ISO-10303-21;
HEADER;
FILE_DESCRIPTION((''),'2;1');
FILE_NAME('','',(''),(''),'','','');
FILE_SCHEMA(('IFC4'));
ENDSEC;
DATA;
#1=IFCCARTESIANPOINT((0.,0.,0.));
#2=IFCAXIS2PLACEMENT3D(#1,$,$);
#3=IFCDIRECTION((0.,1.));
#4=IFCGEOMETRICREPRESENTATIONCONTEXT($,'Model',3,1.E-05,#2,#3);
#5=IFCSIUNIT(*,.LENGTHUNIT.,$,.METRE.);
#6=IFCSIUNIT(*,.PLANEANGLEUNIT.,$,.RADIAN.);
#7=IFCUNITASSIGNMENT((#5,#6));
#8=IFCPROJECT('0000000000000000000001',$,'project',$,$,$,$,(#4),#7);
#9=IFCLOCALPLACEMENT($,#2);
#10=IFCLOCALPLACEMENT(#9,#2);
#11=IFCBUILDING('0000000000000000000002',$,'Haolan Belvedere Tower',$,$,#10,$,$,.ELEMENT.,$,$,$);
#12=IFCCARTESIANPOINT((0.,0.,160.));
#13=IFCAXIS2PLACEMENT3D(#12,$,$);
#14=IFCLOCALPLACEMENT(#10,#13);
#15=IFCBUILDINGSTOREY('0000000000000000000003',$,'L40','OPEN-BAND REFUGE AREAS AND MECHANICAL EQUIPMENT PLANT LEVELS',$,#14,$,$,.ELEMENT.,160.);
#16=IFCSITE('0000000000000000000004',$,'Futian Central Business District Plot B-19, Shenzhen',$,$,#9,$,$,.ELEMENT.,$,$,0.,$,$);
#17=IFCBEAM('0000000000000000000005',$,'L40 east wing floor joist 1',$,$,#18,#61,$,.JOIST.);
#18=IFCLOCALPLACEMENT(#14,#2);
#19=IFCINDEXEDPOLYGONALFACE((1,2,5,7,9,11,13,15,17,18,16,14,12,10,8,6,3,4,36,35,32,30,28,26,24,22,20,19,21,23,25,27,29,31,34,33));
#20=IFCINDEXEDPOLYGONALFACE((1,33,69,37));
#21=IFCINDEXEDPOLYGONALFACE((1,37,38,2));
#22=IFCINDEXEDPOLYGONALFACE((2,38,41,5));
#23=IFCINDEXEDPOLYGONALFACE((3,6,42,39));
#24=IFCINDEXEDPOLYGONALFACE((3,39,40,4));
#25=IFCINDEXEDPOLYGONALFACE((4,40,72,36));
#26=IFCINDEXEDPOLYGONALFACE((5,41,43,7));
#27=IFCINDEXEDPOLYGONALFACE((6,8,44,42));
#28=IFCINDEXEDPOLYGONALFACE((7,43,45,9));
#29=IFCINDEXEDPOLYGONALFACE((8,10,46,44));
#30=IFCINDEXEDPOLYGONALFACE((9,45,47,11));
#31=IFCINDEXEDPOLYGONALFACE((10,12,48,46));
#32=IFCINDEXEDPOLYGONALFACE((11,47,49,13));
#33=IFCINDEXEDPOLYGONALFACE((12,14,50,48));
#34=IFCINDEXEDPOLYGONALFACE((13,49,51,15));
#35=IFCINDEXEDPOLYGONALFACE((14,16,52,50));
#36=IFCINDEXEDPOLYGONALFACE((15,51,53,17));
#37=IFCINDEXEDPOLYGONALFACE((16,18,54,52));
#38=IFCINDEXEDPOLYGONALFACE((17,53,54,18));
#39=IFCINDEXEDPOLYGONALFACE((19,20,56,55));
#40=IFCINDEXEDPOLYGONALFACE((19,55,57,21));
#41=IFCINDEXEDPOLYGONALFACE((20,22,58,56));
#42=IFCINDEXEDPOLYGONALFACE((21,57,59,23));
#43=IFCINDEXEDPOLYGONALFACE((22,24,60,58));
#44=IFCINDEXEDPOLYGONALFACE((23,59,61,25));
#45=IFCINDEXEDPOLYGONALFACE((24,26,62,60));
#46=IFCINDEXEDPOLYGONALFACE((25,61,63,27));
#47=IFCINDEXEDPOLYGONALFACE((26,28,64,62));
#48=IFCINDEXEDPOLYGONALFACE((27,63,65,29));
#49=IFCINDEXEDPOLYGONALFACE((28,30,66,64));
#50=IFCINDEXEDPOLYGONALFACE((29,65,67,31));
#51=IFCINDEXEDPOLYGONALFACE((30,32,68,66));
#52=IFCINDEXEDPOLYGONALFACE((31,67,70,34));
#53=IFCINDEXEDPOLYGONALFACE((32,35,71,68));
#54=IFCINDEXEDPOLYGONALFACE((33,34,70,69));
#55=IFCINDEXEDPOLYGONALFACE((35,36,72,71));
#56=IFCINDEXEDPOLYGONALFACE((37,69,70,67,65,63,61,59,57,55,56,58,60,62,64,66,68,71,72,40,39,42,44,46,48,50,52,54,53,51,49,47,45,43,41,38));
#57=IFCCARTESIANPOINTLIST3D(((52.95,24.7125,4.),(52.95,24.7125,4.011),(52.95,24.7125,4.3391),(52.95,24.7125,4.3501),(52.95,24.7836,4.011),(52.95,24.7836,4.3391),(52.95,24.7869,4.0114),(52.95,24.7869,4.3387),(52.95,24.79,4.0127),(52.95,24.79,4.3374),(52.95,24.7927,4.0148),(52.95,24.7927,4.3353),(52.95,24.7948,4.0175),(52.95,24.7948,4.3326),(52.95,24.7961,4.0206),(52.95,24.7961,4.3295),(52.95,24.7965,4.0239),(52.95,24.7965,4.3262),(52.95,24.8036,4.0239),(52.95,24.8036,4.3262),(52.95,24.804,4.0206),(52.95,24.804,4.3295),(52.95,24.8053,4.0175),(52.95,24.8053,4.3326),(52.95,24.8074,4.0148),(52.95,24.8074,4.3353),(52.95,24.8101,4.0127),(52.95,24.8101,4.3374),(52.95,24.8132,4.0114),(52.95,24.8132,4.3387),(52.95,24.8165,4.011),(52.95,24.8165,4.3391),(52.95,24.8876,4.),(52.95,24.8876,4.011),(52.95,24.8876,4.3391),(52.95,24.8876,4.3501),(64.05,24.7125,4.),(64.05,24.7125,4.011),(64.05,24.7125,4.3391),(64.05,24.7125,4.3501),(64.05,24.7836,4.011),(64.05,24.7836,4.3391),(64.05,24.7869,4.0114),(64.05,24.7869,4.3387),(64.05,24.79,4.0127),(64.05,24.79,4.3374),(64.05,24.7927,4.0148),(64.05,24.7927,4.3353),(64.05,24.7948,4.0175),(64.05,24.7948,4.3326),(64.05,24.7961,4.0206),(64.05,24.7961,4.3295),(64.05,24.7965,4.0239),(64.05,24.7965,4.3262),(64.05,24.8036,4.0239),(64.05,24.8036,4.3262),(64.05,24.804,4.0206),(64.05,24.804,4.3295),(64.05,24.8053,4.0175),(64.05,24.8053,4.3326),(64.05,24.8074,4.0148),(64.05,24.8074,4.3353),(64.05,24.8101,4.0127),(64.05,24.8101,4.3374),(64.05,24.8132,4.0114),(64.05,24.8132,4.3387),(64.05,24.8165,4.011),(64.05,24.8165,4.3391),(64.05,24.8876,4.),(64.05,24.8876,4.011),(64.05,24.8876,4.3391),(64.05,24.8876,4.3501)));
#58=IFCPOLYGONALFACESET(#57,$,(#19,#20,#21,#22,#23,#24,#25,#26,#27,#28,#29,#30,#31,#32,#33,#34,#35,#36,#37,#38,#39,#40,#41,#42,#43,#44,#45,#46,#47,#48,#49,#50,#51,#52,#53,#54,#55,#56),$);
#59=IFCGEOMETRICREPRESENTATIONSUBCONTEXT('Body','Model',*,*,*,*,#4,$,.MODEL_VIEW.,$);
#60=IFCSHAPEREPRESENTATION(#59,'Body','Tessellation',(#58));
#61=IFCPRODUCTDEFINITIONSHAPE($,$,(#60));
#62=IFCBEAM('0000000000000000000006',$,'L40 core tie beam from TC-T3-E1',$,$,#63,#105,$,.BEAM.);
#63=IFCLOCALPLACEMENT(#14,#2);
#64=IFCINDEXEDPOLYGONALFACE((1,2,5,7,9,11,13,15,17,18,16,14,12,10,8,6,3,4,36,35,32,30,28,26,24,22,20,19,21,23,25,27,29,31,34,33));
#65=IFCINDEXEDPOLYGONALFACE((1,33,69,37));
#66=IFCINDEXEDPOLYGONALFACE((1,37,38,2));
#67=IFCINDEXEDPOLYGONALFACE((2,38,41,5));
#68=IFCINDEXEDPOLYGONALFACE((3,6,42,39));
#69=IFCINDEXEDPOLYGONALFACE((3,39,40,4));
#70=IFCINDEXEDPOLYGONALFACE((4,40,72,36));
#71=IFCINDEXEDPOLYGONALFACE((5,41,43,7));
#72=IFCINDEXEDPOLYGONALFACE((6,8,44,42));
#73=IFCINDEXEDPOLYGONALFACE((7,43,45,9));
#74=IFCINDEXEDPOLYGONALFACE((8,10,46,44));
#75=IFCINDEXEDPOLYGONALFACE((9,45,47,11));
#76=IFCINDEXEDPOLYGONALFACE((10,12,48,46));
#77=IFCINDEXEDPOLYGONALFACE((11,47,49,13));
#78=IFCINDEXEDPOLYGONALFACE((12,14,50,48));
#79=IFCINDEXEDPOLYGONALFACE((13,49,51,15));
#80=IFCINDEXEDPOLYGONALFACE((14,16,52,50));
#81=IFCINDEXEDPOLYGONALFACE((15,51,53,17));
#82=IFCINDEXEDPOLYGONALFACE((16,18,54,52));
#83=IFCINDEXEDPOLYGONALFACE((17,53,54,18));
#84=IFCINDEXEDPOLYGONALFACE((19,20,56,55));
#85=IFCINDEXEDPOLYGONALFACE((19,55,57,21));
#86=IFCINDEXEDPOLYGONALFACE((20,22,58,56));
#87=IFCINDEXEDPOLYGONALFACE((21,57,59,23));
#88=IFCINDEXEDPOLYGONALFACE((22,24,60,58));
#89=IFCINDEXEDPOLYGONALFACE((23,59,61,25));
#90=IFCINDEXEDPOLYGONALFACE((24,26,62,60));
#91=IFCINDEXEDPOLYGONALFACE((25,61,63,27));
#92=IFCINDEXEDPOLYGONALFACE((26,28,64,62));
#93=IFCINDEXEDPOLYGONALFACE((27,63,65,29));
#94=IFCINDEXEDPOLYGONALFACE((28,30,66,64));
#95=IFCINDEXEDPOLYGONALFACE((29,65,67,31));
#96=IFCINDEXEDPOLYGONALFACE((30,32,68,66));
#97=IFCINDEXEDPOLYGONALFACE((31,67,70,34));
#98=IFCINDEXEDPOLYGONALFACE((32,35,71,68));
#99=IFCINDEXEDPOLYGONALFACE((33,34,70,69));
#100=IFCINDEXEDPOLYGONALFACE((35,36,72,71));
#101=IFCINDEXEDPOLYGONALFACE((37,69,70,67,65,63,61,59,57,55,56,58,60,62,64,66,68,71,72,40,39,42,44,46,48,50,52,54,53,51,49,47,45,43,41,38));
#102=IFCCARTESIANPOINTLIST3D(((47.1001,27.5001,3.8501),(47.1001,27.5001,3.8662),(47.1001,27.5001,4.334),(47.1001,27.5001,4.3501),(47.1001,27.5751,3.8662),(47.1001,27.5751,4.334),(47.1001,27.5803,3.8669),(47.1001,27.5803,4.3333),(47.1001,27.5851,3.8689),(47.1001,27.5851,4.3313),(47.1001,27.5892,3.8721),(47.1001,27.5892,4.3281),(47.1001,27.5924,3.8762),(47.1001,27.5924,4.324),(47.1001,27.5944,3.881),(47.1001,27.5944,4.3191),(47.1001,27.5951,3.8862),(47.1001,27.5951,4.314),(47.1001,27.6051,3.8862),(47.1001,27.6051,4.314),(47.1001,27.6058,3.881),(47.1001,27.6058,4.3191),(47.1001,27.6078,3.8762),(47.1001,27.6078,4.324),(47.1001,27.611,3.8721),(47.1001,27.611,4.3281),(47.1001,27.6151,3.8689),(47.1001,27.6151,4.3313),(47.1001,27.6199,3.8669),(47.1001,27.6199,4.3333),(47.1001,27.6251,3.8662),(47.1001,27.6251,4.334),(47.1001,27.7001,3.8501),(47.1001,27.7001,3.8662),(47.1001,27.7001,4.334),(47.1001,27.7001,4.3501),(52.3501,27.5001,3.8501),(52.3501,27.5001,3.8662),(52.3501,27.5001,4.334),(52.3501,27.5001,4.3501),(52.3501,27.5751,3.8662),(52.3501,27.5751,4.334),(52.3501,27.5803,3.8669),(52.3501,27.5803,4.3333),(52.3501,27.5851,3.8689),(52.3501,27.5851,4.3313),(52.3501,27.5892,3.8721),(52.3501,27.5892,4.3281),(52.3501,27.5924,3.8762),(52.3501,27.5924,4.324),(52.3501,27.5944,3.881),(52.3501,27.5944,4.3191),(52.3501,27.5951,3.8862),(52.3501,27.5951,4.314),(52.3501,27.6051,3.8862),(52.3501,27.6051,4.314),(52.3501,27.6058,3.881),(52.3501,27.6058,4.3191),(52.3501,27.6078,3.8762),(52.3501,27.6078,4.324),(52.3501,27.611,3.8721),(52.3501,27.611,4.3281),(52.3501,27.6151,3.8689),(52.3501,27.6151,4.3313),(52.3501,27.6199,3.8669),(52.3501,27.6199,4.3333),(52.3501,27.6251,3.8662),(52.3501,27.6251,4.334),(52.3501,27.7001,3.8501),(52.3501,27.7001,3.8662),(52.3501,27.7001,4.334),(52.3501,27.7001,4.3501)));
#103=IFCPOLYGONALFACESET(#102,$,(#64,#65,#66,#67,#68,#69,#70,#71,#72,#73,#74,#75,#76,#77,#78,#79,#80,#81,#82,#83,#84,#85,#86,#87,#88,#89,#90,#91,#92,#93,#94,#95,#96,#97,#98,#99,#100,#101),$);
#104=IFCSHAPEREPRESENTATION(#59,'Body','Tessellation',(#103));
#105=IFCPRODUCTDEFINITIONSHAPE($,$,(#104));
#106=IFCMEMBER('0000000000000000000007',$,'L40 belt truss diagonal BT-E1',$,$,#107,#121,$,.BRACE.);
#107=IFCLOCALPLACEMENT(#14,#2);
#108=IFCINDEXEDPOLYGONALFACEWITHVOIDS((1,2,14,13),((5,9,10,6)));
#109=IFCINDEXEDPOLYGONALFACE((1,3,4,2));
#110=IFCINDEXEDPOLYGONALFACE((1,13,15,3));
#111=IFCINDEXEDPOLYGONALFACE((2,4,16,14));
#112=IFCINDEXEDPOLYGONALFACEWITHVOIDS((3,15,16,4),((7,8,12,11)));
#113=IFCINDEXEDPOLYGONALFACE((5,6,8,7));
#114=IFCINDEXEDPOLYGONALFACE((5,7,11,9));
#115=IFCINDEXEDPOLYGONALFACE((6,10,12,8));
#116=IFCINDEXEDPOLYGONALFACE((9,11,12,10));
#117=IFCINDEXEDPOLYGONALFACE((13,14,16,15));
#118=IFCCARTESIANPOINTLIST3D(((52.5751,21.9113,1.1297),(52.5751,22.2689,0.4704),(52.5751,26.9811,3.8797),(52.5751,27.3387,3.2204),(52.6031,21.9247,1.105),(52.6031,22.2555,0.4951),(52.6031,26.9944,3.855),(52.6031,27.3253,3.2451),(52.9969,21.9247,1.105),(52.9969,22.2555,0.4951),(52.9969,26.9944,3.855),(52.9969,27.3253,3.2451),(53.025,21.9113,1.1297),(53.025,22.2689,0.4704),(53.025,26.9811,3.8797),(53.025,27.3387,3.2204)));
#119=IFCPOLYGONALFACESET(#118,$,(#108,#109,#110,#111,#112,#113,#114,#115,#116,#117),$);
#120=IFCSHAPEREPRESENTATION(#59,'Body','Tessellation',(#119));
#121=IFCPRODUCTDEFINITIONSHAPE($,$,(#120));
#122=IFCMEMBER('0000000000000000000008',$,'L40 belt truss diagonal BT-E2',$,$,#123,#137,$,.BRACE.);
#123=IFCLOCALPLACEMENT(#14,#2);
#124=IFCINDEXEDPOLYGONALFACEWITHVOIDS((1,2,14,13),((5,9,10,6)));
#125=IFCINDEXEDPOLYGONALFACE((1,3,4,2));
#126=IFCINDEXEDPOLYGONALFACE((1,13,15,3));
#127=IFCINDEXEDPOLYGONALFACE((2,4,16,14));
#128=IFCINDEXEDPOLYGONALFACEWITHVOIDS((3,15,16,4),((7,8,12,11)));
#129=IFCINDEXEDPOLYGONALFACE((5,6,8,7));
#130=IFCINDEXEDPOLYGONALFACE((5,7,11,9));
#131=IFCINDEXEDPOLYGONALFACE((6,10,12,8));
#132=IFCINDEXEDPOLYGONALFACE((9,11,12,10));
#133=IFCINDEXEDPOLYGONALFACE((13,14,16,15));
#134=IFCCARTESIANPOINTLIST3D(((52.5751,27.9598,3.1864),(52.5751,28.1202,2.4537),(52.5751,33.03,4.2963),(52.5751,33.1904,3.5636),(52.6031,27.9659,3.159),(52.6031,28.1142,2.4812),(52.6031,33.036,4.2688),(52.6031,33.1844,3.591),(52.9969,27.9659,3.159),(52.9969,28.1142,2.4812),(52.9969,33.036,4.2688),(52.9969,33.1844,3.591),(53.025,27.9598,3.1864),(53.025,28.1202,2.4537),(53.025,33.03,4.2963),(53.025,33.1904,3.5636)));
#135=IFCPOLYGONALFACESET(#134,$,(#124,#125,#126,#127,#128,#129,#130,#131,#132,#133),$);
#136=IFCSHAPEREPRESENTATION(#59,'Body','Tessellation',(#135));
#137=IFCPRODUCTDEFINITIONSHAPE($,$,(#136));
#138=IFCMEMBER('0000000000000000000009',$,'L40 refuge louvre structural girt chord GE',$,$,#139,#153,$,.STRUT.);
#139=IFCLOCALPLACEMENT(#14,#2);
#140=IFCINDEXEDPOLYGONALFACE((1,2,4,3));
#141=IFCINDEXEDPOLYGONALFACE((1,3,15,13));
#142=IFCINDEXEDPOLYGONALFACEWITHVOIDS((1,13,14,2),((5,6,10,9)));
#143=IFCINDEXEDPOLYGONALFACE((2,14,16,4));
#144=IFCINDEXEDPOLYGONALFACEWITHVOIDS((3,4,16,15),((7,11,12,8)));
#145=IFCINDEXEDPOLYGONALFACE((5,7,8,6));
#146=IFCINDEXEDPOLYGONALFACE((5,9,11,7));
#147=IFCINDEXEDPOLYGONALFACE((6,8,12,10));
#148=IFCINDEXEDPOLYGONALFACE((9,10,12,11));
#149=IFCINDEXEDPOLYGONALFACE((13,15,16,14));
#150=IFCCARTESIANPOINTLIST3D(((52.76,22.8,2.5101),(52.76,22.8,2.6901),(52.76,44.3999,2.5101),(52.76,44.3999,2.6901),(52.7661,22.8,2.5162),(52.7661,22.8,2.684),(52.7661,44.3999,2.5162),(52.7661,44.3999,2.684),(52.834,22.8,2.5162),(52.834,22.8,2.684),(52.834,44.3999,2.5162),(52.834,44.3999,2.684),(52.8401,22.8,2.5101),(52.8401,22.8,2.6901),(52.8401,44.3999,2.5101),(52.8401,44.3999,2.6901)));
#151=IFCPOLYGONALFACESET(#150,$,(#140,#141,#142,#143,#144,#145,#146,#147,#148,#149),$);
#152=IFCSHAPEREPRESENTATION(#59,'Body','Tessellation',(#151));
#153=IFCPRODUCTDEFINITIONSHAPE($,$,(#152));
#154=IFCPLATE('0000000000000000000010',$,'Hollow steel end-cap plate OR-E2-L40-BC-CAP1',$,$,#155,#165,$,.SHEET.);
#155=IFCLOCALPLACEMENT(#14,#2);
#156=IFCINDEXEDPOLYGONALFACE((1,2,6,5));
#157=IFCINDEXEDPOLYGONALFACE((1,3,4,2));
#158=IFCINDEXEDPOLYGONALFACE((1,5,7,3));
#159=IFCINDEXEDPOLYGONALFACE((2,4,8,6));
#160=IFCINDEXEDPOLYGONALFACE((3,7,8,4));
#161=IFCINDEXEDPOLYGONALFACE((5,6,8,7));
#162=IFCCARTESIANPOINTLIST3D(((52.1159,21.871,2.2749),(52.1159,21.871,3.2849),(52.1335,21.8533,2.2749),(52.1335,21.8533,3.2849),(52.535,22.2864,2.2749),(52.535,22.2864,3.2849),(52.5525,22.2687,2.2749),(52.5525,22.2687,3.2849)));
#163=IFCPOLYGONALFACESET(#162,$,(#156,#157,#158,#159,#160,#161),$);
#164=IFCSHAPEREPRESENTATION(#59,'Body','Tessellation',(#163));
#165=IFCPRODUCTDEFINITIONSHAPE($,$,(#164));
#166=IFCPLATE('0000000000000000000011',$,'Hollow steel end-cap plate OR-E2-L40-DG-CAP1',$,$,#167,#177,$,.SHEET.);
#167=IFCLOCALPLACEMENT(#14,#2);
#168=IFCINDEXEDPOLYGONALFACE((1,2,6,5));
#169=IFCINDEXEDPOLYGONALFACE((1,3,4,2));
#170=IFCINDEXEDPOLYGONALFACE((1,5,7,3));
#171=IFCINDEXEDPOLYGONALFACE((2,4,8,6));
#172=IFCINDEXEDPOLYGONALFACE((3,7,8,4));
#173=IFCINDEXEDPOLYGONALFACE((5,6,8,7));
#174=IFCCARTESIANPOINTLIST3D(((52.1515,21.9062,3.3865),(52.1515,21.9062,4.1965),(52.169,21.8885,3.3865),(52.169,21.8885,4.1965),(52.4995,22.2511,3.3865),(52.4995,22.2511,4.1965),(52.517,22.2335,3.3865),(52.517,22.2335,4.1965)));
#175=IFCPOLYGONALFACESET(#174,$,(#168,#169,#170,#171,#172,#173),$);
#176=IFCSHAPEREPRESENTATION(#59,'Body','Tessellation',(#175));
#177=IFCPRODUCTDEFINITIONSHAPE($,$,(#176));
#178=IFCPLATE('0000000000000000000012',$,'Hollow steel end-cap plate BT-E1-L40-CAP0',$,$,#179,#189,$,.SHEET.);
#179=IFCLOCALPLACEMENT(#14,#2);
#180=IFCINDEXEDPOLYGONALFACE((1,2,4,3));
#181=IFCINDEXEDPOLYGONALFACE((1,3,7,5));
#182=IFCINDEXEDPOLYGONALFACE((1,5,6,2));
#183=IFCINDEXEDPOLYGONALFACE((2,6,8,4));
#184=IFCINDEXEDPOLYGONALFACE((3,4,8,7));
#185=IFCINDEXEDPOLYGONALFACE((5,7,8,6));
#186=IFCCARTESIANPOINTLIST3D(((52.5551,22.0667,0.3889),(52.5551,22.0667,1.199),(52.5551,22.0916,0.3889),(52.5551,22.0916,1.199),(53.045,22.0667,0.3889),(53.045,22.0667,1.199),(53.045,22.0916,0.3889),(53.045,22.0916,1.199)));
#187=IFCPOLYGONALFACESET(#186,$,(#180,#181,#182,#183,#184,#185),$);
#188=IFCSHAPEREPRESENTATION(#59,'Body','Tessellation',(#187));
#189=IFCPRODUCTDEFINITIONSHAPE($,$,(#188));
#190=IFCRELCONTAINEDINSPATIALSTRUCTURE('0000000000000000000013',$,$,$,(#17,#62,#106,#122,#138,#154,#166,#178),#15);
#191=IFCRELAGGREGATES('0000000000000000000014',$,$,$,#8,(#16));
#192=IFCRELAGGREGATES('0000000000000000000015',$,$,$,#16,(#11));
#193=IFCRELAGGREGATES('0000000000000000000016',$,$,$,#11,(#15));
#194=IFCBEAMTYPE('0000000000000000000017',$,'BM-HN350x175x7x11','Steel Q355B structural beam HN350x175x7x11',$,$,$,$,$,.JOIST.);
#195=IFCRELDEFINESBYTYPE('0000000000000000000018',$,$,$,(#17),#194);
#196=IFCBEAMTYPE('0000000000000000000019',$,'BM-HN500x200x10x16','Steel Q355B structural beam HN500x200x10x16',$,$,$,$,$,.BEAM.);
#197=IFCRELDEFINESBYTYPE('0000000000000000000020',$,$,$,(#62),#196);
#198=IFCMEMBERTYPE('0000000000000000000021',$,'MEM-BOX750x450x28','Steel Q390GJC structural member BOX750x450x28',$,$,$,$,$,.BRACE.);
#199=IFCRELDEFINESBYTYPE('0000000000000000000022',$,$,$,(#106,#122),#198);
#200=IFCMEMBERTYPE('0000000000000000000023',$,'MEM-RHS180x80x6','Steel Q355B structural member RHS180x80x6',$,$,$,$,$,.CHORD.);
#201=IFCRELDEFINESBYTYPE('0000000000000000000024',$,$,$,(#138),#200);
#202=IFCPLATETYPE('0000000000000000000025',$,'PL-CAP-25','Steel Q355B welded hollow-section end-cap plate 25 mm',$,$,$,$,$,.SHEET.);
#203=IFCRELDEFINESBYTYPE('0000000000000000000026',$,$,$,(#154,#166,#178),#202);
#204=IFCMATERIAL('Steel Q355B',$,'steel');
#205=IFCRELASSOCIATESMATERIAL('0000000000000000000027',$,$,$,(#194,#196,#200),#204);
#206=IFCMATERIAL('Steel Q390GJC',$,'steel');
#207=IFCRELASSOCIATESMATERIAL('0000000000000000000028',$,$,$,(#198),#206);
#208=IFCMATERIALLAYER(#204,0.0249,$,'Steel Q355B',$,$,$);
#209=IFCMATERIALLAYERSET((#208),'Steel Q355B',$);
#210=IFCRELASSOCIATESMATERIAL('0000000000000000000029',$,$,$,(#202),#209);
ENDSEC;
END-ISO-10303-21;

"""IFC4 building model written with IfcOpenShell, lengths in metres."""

from ifc_helpers import new_model, si_unit, direction, frame, origin, origin_2d, place, context, subcontext, project, spatial, rectangle, hollow_rectangle, i_section, extrude, material, layer, layer_set, material_profile, profile_set, type_object, element, save


model = new_model("IFC4")

# Units and contexts
model_context = context("Model", 3, precision=1e-05, world=origin(), true_north=direction((0.0, 1.0)))
body_context = subcontext(model_context, "Body", "Model", "MODEL_VIEW")
ifc_project = project(units=[si_unit("LENGTHUNIT", "METRE"), si_unit("PLANEANGLEUNIT", "RADIAN")], contexts=[model_context])

# Site, building, storey
site_placement = place(None, origin())
site = spatial("IfcSite", under=ifc_project, at=site_placement, Name="Futian Central Business District Plot B-19, Shenzhen", CompositionType="ELEMENT", RefElevation=0.0)
building_placement = place(site_placement, origin())
building = spatial("IfcBuilding", under=site, at=building_placement, Name="Haolan Belvedere Tower", CompositionType="ELEMENT")
storey_placement = place(building_placement, frame((0.0, 0.0, 160.0)))
storey = spatial("IfcBuildingStorey", under=building, at=storey_placement, Name="L40", Description="OPEN-BAND REFUGE AREAS AND MECHANICAL EQUIPMENT PLANT LEVELS", CompositionType="ELEMENT", Elevation=160.0)

# Shared definitions
ifc_material_1 = material(Name="Steel Q390GJC", Category="steel")

# Beams
ifc_material_2 = material(Name="Steel Q355B", Category="steel")
ifc_material_profile_1 = material_profile(ifc_material_2, i_section(OverallWidth=0.175, OverallDepth=0.3501, WebThickness=0.0071, FlangeThickness=0.011, FilletRadius=0.0129, at=origin_2d()), Name="Steel Q355B")
ifc_profile_set_1 = profile_set([ifc_material_profile_1], Name="Steel Q355B")
beam_type_1 = type_object("IfcBeamType", Name="BM-HN350x175x7x11", Description="Steel Q355B structural beam HN350x175x7x11", PredefinedType="JOIST", material=ifc_profile_set_1)
beam_1_placement = place(storey_placement, frame((52.95, 24.8, 4.175), z_axis=(1.0, 0.0, 0.0), x_axis=(0.0, 1.0, 0.0)))
element("IfcBeam", 1, at=beam_1_placement, inside=storey, type_object=beam_type_1, Name="L40 east wing floor joist 1", PredefinedType="JOIST", context=body_context, shape_type="SweptSolid", body=[
    extrude(i_section(OverallWidth=0.175, OverallDepth=0.3501, WebThickness=0.0071, FlangeThickness=0.011, FilletRadius=0.0129, at=origin_2d()), origin(), (0.0, 0.0, 1.0), 11.1001),
])
ifc_material_profile_2 = material_profile(ifc_material_2, i_section(OverallWidth=0.2, OverallDepth=0.5, WebThickness=0.01, FlangeThickness=0.0161, FilletRadius=0.02, at=origin_2d()), Name="Steel Q355B")
ifc_profile_set_2 = profile_set([ifc_material_profile_2], Name="Steel Q355B")
beam_type_2 = type_object("IfcBeamType", Name="BM-HN500x200x10x16", Description="Steel Q355B structural beam HN500x200x10x16", PredefinedType="BEAM", material=ifc_profile_set_2)
beam_2_placement = place(storey_placement, frame((52.3501, 27.6001, 4.1001), z_axis=(-1.0, 0.0, 0.0), x_axis=(0.0, -1.0, 0.0)))
element("IfcBeam", 2, at=beam_2_placement, inside=storey, type_object=beam_type_2, Name="L40 core tie beam from TC-T3-E1", PredefinedType="BEAM", context=body_context, shape_type="SweptSolid", body=[
    extrude(i_section(OverallWidth=0.2, OverallDepth=0.5, WebThickness=0.01, FlangeThickness=0.0161, FilletRadius=0.02, at=origin_2d()), origin(), (0.0, 0.0, 1.0), 5.25),
])

# Members
ifc_material_profile_3 = material_profile(ifc_material_1, hollow_rectangle(XDim=0.45, YDim=0.75, WallThickness=0.0281, at=origin_2d()), Name="Steel Q390GJC")
ifc_profile_set_3 = profile_set([ifc_material_profile_3], Name="Steel Q390GJC")
member_type_1 = type_object("IfcMemberType", Name="MEM-BOX750x450x28", Description="Steel Q390GJC structural member BOX750x450x28", PredefinedType="BRACE", material=ifc_profile_set_3)
member_1_placement = place(storey_placement, frame((52.8, 22.0901, 0.8), z_axis=(0.0, 0.879013, 0.476799), x_axis=(-1.0, 0.0, 0.0)))
element("IfcMember", 3, at=member_1_placement, inside=storey, type_object=member_type_1, Name="L40 belt truss diagonal BT-E1", PredefinedType="BRACE", context=body_context, shape_type="SweptSolid", body=[
    extrude(hollow_rectangle(XDim=0.45, YDim=0.75, WallThickness=0.0281, at=origin_2d()), origin(), (0.0, 0.0, 1.0), 5.7676),
])
member_2_placement = place(storey_placement, frame((52.8, 28.04, 2.8201), z_axis=(0.0, 0.976868, 0.213841), x_axis=(-1.0, 0.0, 0.0)))
element("IfcMember", 4, at=member_2_placement, inside=storey, type_object=member_type_1, Name="L40 belt truss diagonal BT-E2", PredefinedType="BRACE", context=body_context, shape_type="SweptSolid", body=[
    extrude(hollow_rectangle(XDim=0.45, YDim=0.75, WallThickness=0.0281, at=origin_2d()), origin(), (0.0, 0.0, 1.0), 5.1902),
])
ifc_material_profile_4 = material_profile(ifc_material_2, hollow_rectangle(XDim=0.0801, YDim=0.1799, WallThickness=0.0061, at=origin_2d()), Name="Steel Q355B")
ifc_profile_set_4 = profile_set([ifc_material_profile_4], Name="Steel Q355B")
member_type_2 = type_object("IfcMemberType", Name="MEM-RHS180x80x6", Description="Steel Q355B structural member RHS180x80x6", PredefinedType="CHORD", material=ifc_profile_set_4)
member_3_placement = place(storey_placement, frame((52.8, 22.8, 2.6001), z_axis=(0.0, 1.0, 0.0), x_axis=(-1.0, 0.0, 0.0)))
element("IfcMember", 5, at=member_3_placement, inside=storey, type_object=member_type_2, Name="L40 refuge louvre structural girt chord GE", PredefinedType="STRUT", context=body_context, shape_type="SweptSolid", body=[
    extrude(hollow_rectangle(XDim=0.0801, YDim=0.1799, WallThickness=0.0061, at=origin_2d()), origin(), (0.0, 0.0, 1.0), 21.5999),
])

# Plates
ifc_layer_1 = layer(ifc_material_2, 0.0249, Name="Steel Q355B")
ifc_layer_set_1 = layer_set([ifc_layer_1], Name="Steel Q355B")
plate_type_1 = type_object("IfcPlateType", Name="PL-CAP-25", Description="Steel Q355B welded hollow-section end-cap plate 25 mm", PredefinedType="SHEET", material=ifc_layer_set_1)
plate_1_placement = place(storey_placement, frame((52.3342, 22.0698, 2.2749), z_axis=(0.0, 0.0, 1.0), x_axis=(0.71021, 0.70399, 0.0)))
element("IfcPlate", 6, at=plate_1_placement, inside=storey, type_object=plate_type_1, Name="Hollow steel end-cap plate OR-E2-L40-BC-CAP1", PredefinedType="SHEET", context=body_context, shape_type="SweptSolid", body=[
    extrude(rectangle(XDim=0.5901, YDim=0.0249, at=origin_2d()), origin(), (0.0, 0.0, 1.0), 1.01),
])
for number, where, z_axis, x_axis, name in (
    (7, (52.3342, 22.0698, 3.3865), (0.0, 0.0, 1.0), (0.71021, 0.70399, 0.0), "Hollow steel end-cap plate OR-E2-L40-DG-CAP1"),
    (8, (52.8, 22.0791, 0.3889), (0.0, 0.0, 1.0), (1.0, 0.0, 0.0), "Hollow steel end-cap plate BT-E1-L40-CAP0"),
):
    element("IfcPlate", number, at=place(storey_placement, frame(where, z_axis=z_axis, x_axis=x_axis)), inside=storey, type_object=plate_type_1, Name=name, PredefinedType="SHEET", context=body_context, shape_type="SweptSolid", body=[
        extrude(rectangle(XDim=0.49, YDim=0.0249, at=origin_2d()), origin(), (0.0, 0.0, 1.0), 0.8101),
    ])

save(model, "model.ifc")
